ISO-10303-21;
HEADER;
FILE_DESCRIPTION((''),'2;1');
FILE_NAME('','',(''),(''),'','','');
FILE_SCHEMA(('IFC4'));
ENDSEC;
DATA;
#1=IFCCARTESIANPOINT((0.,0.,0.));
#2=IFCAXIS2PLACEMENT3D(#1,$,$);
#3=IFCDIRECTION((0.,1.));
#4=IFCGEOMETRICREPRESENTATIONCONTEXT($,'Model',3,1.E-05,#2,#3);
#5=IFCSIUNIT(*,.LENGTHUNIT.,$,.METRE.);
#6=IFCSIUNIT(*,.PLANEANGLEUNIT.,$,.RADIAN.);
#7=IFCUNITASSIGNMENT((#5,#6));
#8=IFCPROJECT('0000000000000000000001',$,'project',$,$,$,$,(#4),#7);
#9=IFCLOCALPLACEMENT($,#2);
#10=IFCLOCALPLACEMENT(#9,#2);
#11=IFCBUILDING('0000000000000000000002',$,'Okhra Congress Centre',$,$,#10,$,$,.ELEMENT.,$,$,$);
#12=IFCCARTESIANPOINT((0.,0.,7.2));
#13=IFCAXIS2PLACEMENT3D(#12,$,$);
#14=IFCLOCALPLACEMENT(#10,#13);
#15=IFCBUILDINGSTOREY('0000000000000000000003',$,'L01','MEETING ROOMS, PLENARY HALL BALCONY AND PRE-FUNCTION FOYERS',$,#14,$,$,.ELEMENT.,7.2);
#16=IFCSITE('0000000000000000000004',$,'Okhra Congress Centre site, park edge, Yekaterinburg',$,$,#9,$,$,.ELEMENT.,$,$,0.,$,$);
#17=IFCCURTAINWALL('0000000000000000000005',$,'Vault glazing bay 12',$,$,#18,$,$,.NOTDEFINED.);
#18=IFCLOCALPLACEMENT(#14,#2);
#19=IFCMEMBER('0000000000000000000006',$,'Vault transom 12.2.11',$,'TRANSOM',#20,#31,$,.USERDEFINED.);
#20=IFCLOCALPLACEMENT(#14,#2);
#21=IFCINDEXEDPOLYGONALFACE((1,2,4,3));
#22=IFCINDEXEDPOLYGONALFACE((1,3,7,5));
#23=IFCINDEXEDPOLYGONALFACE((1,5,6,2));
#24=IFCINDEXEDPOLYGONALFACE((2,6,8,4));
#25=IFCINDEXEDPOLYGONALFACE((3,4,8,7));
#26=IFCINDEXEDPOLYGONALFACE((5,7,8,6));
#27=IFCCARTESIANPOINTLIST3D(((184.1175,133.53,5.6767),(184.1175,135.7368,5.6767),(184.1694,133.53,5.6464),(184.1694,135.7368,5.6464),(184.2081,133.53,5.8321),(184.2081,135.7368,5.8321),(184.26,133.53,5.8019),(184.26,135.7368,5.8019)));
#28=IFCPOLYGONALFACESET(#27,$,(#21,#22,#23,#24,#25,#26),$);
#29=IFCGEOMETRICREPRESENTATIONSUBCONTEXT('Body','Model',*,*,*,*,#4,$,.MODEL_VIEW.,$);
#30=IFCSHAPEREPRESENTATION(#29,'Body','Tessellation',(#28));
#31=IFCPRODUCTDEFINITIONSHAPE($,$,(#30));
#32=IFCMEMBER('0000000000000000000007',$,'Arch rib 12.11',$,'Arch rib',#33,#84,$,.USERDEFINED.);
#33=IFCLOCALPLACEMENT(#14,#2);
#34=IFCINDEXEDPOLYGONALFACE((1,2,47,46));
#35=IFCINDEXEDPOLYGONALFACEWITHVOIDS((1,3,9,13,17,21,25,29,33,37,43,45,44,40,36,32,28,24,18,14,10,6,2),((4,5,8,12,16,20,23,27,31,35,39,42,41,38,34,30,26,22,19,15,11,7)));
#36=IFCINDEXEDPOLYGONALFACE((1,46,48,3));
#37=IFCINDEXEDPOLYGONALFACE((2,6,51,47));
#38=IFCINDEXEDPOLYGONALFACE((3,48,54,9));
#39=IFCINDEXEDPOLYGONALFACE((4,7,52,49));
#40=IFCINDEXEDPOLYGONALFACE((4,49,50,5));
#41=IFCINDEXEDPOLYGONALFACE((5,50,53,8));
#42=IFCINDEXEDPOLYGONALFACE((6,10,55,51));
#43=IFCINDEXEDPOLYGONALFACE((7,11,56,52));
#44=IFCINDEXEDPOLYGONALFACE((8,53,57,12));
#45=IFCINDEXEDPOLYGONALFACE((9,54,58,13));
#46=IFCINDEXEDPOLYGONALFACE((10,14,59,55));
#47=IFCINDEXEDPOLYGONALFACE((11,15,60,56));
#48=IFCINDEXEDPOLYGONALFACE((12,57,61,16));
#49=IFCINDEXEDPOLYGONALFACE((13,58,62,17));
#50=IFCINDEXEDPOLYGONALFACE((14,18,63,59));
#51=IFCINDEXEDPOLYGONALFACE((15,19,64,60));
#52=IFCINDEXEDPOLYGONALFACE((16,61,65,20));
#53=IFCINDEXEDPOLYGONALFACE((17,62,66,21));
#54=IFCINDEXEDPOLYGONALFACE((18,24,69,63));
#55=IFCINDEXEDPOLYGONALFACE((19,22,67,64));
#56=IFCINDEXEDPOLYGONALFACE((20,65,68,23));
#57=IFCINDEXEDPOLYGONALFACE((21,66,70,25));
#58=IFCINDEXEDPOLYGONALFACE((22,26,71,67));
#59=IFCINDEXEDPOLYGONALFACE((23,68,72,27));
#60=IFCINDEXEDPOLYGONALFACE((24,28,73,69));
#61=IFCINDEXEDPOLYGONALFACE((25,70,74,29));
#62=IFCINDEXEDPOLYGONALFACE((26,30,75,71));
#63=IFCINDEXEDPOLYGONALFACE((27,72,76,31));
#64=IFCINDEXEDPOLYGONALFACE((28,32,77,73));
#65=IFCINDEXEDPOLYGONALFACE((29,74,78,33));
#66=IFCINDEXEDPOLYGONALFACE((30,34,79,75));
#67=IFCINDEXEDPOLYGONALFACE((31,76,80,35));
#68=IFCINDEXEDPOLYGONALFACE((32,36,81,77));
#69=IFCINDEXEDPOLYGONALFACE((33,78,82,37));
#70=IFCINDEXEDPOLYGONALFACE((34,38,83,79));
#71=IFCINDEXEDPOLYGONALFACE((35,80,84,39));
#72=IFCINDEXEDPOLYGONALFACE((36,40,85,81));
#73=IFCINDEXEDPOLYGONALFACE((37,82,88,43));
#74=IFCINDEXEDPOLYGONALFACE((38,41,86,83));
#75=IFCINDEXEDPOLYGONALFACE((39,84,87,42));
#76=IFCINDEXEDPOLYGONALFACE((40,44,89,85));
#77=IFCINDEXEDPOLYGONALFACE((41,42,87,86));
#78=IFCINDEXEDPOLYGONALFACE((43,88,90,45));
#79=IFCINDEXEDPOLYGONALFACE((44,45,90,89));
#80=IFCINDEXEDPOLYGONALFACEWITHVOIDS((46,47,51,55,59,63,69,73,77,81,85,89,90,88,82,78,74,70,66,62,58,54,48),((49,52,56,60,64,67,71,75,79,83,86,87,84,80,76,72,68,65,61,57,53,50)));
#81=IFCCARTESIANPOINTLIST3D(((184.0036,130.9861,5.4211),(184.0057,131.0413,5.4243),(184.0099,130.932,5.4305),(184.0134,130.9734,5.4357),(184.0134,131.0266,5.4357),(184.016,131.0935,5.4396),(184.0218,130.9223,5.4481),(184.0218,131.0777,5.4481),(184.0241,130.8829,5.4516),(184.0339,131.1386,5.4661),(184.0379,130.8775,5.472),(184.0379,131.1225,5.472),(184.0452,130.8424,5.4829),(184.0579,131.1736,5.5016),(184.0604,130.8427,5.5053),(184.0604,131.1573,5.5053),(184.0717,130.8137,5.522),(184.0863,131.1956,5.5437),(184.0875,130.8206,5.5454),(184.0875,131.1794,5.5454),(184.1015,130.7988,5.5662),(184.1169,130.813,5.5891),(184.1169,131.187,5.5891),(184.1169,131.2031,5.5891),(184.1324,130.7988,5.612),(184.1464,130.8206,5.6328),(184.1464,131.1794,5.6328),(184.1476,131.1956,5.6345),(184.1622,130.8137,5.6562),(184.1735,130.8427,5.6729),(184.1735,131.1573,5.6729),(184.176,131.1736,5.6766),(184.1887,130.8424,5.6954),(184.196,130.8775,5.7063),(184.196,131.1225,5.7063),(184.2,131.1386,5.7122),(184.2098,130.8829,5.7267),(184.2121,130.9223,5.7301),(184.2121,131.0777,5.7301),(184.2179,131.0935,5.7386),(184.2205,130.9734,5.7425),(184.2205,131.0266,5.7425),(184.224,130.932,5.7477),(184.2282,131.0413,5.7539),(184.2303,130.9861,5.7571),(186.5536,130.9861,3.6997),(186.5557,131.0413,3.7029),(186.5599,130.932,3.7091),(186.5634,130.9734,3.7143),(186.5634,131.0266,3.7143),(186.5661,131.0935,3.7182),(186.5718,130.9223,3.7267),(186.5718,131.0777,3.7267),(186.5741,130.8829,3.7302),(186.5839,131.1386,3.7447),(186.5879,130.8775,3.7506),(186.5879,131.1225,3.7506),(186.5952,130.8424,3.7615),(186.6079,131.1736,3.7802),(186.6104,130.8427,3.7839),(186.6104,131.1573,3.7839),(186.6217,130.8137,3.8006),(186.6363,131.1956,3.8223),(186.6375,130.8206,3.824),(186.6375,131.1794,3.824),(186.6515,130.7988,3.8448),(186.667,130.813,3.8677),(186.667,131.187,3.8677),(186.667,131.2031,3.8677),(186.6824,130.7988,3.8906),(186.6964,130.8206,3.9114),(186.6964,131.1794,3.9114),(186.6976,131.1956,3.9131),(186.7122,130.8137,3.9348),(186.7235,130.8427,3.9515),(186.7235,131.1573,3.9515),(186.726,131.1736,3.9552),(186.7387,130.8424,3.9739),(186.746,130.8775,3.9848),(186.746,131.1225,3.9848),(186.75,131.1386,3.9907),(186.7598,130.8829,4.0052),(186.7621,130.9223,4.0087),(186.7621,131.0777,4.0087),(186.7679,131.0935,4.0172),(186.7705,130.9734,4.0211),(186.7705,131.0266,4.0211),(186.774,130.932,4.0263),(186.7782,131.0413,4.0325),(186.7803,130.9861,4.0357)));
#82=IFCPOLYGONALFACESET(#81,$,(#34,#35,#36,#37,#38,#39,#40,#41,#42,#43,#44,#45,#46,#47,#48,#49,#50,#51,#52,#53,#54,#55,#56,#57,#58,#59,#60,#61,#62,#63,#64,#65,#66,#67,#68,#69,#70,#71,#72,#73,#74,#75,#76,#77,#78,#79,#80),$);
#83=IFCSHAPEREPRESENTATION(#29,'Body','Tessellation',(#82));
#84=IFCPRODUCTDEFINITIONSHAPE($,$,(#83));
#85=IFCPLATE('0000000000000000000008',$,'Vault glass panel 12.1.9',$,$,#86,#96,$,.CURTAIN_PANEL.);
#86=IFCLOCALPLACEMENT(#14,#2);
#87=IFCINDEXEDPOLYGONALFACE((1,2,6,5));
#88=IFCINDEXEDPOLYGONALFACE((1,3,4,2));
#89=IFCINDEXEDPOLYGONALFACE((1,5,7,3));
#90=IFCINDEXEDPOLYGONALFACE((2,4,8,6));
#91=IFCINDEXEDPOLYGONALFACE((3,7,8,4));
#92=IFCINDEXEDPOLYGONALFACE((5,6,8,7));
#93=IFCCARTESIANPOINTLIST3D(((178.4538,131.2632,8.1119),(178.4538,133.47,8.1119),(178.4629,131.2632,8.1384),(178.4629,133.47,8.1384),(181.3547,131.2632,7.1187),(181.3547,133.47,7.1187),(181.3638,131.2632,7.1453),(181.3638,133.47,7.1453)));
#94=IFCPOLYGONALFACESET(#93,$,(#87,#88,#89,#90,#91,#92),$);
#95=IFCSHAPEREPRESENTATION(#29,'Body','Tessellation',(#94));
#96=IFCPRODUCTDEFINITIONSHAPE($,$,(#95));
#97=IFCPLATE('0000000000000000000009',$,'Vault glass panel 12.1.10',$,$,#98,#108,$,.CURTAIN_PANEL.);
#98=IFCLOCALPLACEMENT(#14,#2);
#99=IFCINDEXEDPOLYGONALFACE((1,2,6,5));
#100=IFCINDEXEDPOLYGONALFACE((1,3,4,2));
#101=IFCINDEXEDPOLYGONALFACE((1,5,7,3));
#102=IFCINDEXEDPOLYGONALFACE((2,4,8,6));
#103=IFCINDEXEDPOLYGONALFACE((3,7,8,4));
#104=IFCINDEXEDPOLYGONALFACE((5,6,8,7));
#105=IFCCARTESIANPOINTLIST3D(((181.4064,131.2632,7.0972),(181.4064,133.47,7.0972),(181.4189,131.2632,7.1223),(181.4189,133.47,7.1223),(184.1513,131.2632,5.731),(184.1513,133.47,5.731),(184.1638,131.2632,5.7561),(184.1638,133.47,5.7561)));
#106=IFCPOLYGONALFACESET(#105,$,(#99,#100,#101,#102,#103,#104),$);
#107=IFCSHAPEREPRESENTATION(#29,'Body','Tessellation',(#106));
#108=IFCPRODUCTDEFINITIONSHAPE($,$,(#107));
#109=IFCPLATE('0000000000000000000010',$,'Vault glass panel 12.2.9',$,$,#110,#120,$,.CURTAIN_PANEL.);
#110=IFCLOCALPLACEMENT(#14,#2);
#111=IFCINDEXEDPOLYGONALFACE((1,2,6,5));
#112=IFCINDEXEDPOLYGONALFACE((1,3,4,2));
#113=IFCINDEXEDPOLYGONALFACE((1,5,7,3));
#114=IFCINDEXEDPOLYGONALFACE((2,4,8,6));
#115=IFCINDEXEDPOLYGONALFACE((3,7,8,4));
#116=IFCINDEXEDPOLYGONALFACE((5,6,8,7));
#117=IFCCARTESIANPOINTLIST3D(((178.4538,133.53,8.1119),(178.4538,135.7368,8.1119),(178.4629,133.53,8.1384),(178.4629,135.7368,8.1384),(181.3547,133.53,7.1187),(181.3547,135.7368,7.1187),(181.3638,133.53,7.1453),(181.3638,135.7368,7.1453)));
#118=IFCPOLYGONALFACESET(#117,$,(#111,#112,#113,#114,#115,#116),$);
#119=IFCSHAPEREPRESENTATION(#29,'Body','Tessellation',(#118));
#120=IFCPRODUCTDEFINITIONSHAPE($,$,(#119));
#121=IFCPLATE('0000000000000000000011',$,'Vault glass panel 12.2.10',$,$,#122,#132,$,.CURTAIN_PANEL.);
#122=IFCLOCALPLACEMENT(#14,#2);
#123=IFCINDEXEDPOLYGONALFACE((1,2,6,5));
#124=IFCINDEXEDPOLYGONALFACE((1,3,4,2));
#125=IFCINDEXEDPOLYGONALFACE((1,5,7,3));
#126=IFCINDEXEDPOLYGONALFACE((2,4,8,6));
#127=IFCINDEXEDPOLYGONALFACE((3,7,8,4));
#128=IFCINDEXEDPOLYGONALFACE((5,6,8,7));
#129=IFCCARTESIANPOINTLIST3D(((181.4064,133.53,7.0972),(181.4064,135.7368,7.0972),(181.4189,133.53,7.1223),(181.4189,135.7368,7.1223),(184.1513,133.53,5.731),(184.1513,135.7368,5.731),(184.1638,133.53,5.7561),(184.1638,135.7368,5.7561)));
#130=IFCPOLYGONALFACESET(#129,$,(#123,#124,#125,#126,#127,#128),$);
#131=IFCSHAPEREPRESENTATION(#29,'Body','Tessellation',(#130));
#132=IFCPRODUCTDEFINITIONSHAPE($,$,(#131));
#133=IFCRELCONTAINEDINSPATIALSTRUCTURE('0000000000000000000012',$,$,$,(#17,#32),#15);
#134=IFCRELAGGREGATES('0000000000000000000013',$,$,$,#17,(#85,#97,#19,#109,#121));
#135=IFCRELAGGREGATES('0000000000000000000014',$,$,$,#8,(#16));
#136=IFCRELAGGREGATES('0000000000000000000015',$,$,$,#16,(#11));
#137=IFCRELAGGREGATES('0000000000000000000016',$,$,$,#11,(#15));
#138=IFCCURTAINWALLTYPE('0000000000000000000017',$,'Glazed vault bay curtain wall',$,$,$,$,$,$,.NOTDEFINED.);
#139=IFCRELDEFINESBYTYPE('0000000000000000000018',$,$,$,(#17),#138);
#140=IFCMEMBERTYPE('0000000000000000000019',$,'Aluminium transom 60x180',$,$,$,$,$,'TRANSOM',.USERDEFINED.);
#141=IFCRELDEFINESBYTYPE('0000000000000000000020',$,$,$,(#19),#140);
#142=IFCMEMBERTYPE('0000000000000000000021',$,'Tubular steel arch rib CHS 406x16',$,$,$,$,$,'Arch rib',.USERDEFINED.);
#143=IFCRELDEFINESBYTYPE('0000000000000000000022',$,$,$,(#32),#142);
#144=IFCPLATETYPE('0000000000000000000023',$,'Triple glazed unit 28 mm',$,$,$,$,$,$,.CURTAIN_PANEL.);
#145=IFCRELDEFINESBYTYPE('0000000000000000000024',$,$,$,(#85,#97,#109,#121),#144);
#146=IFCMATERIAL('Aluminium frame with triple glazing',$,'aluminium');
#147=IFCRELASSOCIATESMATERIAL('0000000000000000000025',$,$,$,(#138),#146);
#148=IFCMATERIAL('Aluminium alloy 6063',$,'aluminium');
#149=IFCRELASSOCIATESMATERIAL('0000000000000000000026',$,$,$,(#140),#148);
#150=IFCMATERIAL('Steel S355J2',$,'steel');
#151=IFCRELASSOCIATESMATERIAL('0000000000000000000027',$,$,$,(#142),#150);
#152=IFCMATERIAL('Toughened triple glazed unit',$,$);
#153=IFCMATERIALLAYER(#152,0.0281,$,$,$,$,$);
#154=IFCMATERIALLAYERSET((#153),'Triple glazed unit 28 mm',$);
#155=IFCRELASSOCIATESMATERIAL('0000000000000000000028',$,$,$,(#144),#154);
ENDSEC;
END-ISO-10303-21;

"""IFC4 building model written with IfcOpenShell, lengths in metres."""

from ifc_helpers import new_model, si_unit, direction, frame, origin, origin_2d, place, context, subcontext, project, spatial, polyline, rectangle, hollow_circle, outline, extrude, material, layer, layer_set, material_profile, profile_set, type_object, element, aggregate, save


model = new_model("IFC4")

# Units and contexts
model_context = context("Model", 3, precision=1e-05, world=origin(), true_north=direction((0.0, 1.0)))
body_context = subcontext(model_context, "Body", "Model", "MODEL_VIEW")
ifc_project = project(units=[si_unit("LENGTHUNIT", "METRE"), si_unit("PLANEANGLEUNIT", "RADIAN")], contexts=[model_context])

# Site, building, storey
site_placement = place(None, origin())
site = spatial("IfcSite", under=ifc_project, at=site_placement, Name="Okhra Congress Centre site, park edge, Yekaterinburg", CompositionType="ELEMENT", RefElevation=0.0)
building_placement = place(site_placement, origin())
building = spatial("IfcBuilding", under=site, at=building_placement, Name="Okhra Congress Centre", CompositionType="ELEMENT")
storey_placement = place(building_placement, frame((0.0, 0.0, 7.2)))
storey = spatial("IfcBuildingStorey", under=building, at=storey_placement, Name="L01", Description="MEETING ROOMS, PLENARY HALL BALCONY AND PRE-FUNCTION FOYERS", CompositionType="ELEMENT", Elevation=7.2)

# Curtain wall, member
ifc_material_1 = material(Name="Aluminium frame with triple glazing", Category="aluminium")
curtain_wall_type = type_object("IfcCurtainWallType", Name="Glazed vault bay curtain wall", PredefinedType="NOTDEFINED", material=ifc_material_1)
curtain_wall_placement = place(storey_placement, origin())
curtain_wall = element("IfcCurtainWall", 1, at=curtain_wall_placement, inside=storey, type_object=curtain_wall_type, Name="Vault glazing bay 12", PredefinedType="NOTDEFINED")
ifc_material_2 = material(Name="Aluminium alloy 6063", Category="aluminium")
ifc_material_profile_1 = material_profile(ifc_material_2, rectangle(XDim=0.0601, YDim=0.1799, at=origin_2d()), Name="AL 60x180 transom")
ifc_profile_set_1 = profile_set([ifc_material_profile_1], Name="Aluminium alloy 6063")
member_type_1 = type_object("IfcMemberType", Name="Aluminium transom 60x180", ElementType="TRANSOM", PredefinedType="USERDEFINED", material=ifc_profile_set_1)
member_1_placement = place(storey_placement, frame((184.1887, 133.53, 5.7393), z_axis=(0.0, 1.0, 0.0), x_axis=(-0.863917, 0.0, 0.503634)))
member_1 = element("IfcMember", 2, at=member_1_placement, type_object=member_type_1, Name="Vault transom 12.2.11", ObjectType="TRANSOM", PredefinedType="USERDEFINED", context=body_context, shape_type="SweptSolid", body=[
    extrude(rectangle(XDim=0.0601, YDim=0.1799, at=origin_2d()), origin(), (0.0, 0.0, 1.0), 2.2068),
])

# Member
ifc_material_3 = material(Name="Steel S355J2", Category="steel")
ifc_material_profile_2 = material_profile(ifc_material_3, hollow_circle(Radius=0.2031, WallThickness=0.0161, at=origin_2d()), Name="CHS 406.4x16")
ifc_profile_set_2 = profile_set([ifc_material_profile_2], Name="Steel S355J2")
member_type_2 = type_object("IfcMemberType", Name="Tubular steel arch rib CHS 406x16", ElementType="Arch rib", PredefinedType="USERDEFINED", material=ifc_profile_set_2)
member_2_placement = place(storey_placement, frame((184.1169, 131.0, 5.5891), z_axis=(0.828826, 0.0, -0.559507), x_axis=(0.0, 1.0, 0.0)))
element("IfcMember", 3, at=member_2_placement, inside=storey, type_object=member_type_2, Name="Arch rib 12.11", ObjectType="Arch rib", PredefinedType="USERDEFINED", context=body_context, shape_type="SweptSolid", body=[
    extrude(hollow_circle(Radius=0.2031, WallThickness=0.0161, at=origin_2d()), origin(), (0.0, 0.0, 1.0), 3.0767),
])

# Plates
ifc_material_4 = material(Name="Toughened triple glazed unit")
ifc_layer = layer(ifc_material_4, 0.0281)
ifc_layer_set = layer_set([ifc_layer], Name="Triple glazed unit 28 mm")
plate_type = type_object("IfcPlateType", Name="Triple glazed unit 28 mm", PredefinedType="CURTAIN_PANEL", material=ifc_layer_set)
plate_1_placement = place(storey_placement, frame((178.4629, 131.2632, 8.1384), z_axis=(0.323909, 0.0, 0.946088), x_axis=(0.946088, 0.0, -0.323909)))
plate_1 = element("IfcPlate", 4, at=plate_1_placement, type_object=plate_type, Name="Vault glass panel 12.1.9", PredefinedType="CURTAIN_PANEL", context=body_context, shape_type="SweptSolid", body=[
    extrude(outline(polyline([(0.0, 0.0), (3.0662, 0.0), (3.0662, 2.2068), (0.0, 2.2068), (0.0, 0.0)])), origin(), (0.0, 0.0, -1.0), 0.0281),
])
plate_2_placement = place(storey_placement, frame((181.4189, 131.2632, 7.1223), z_axis=(0.445588, 0.0, 0.895238), x_axis=(0.895238, 0.0, -0.445588)))
plate_2 = element("IfcPlate", 5, at=plate_2_placement, type_object=plate_type, Name="Vault glass panel 12.1.10", PredefinedType="CURTAIN_PANEL", context=body_context, shape_type="SweptSolid", body=[
    extrude(outline(polyline([(0.0, 0.0), (3.0661, 0.0), (3.0661, 2.2068), (0.0, 2.2068), (0.0, 0.0)])), origin(), (0.0, 0.0, -1.0), 0.0281),
])
plate_3_placement = place(storey_placement, frame((178.4629, 133.53, 8.1384), z_axis=(0.323909, 0.0, 0.946088), x_axis=(0.946088, 0.0, -0.323909)))
plate_3 = element("IfcPlate", 6, at=plate_3_placement, type_object=plate_type, Name="Vault glass panel 12.2.9", PredefinedType="CURTAIN_PANEL", context=body_context, shape_type="SweptSolid", body=[
    extrude(outline(polyline([(0.0, 0.0), (3.0662, 0.0), (3.0662, 2.2068), (0.0, 2.2068), (0.0, 0.0)])), origin(), (0.0, 0.0, -1.0), 0.0281),
])
plate_4_placement = place(storey_placement, frame((181.4189, 133.53, 7.1223), z_axis=(0.445588, 0.0, 0.895238), x_axis=(0.895238, 0.0, -0.445588)))
plate_4 = element("IfcPlate", 7, at=plate_4_placement, type_object=plate_type, Name="Vault glass panel 12.2.10", PredefinedType="CURTAIN_PANEL", context=body_context, shape_type="SweptSolid", body=[
    extrude(outline(polyline([(0.0, 0.0), (3.0661, 0.0), (3.0661, 2.2068), (0.0, 2.2068), (0.0, 0.0)])), origin(), (0.0, 0.0, -1.0), 0.0281),
])
aggregate(curtain_wall, [plate_1, plate_2, member_1, plate_3, plate_4])

save(model, "model.ifc")
